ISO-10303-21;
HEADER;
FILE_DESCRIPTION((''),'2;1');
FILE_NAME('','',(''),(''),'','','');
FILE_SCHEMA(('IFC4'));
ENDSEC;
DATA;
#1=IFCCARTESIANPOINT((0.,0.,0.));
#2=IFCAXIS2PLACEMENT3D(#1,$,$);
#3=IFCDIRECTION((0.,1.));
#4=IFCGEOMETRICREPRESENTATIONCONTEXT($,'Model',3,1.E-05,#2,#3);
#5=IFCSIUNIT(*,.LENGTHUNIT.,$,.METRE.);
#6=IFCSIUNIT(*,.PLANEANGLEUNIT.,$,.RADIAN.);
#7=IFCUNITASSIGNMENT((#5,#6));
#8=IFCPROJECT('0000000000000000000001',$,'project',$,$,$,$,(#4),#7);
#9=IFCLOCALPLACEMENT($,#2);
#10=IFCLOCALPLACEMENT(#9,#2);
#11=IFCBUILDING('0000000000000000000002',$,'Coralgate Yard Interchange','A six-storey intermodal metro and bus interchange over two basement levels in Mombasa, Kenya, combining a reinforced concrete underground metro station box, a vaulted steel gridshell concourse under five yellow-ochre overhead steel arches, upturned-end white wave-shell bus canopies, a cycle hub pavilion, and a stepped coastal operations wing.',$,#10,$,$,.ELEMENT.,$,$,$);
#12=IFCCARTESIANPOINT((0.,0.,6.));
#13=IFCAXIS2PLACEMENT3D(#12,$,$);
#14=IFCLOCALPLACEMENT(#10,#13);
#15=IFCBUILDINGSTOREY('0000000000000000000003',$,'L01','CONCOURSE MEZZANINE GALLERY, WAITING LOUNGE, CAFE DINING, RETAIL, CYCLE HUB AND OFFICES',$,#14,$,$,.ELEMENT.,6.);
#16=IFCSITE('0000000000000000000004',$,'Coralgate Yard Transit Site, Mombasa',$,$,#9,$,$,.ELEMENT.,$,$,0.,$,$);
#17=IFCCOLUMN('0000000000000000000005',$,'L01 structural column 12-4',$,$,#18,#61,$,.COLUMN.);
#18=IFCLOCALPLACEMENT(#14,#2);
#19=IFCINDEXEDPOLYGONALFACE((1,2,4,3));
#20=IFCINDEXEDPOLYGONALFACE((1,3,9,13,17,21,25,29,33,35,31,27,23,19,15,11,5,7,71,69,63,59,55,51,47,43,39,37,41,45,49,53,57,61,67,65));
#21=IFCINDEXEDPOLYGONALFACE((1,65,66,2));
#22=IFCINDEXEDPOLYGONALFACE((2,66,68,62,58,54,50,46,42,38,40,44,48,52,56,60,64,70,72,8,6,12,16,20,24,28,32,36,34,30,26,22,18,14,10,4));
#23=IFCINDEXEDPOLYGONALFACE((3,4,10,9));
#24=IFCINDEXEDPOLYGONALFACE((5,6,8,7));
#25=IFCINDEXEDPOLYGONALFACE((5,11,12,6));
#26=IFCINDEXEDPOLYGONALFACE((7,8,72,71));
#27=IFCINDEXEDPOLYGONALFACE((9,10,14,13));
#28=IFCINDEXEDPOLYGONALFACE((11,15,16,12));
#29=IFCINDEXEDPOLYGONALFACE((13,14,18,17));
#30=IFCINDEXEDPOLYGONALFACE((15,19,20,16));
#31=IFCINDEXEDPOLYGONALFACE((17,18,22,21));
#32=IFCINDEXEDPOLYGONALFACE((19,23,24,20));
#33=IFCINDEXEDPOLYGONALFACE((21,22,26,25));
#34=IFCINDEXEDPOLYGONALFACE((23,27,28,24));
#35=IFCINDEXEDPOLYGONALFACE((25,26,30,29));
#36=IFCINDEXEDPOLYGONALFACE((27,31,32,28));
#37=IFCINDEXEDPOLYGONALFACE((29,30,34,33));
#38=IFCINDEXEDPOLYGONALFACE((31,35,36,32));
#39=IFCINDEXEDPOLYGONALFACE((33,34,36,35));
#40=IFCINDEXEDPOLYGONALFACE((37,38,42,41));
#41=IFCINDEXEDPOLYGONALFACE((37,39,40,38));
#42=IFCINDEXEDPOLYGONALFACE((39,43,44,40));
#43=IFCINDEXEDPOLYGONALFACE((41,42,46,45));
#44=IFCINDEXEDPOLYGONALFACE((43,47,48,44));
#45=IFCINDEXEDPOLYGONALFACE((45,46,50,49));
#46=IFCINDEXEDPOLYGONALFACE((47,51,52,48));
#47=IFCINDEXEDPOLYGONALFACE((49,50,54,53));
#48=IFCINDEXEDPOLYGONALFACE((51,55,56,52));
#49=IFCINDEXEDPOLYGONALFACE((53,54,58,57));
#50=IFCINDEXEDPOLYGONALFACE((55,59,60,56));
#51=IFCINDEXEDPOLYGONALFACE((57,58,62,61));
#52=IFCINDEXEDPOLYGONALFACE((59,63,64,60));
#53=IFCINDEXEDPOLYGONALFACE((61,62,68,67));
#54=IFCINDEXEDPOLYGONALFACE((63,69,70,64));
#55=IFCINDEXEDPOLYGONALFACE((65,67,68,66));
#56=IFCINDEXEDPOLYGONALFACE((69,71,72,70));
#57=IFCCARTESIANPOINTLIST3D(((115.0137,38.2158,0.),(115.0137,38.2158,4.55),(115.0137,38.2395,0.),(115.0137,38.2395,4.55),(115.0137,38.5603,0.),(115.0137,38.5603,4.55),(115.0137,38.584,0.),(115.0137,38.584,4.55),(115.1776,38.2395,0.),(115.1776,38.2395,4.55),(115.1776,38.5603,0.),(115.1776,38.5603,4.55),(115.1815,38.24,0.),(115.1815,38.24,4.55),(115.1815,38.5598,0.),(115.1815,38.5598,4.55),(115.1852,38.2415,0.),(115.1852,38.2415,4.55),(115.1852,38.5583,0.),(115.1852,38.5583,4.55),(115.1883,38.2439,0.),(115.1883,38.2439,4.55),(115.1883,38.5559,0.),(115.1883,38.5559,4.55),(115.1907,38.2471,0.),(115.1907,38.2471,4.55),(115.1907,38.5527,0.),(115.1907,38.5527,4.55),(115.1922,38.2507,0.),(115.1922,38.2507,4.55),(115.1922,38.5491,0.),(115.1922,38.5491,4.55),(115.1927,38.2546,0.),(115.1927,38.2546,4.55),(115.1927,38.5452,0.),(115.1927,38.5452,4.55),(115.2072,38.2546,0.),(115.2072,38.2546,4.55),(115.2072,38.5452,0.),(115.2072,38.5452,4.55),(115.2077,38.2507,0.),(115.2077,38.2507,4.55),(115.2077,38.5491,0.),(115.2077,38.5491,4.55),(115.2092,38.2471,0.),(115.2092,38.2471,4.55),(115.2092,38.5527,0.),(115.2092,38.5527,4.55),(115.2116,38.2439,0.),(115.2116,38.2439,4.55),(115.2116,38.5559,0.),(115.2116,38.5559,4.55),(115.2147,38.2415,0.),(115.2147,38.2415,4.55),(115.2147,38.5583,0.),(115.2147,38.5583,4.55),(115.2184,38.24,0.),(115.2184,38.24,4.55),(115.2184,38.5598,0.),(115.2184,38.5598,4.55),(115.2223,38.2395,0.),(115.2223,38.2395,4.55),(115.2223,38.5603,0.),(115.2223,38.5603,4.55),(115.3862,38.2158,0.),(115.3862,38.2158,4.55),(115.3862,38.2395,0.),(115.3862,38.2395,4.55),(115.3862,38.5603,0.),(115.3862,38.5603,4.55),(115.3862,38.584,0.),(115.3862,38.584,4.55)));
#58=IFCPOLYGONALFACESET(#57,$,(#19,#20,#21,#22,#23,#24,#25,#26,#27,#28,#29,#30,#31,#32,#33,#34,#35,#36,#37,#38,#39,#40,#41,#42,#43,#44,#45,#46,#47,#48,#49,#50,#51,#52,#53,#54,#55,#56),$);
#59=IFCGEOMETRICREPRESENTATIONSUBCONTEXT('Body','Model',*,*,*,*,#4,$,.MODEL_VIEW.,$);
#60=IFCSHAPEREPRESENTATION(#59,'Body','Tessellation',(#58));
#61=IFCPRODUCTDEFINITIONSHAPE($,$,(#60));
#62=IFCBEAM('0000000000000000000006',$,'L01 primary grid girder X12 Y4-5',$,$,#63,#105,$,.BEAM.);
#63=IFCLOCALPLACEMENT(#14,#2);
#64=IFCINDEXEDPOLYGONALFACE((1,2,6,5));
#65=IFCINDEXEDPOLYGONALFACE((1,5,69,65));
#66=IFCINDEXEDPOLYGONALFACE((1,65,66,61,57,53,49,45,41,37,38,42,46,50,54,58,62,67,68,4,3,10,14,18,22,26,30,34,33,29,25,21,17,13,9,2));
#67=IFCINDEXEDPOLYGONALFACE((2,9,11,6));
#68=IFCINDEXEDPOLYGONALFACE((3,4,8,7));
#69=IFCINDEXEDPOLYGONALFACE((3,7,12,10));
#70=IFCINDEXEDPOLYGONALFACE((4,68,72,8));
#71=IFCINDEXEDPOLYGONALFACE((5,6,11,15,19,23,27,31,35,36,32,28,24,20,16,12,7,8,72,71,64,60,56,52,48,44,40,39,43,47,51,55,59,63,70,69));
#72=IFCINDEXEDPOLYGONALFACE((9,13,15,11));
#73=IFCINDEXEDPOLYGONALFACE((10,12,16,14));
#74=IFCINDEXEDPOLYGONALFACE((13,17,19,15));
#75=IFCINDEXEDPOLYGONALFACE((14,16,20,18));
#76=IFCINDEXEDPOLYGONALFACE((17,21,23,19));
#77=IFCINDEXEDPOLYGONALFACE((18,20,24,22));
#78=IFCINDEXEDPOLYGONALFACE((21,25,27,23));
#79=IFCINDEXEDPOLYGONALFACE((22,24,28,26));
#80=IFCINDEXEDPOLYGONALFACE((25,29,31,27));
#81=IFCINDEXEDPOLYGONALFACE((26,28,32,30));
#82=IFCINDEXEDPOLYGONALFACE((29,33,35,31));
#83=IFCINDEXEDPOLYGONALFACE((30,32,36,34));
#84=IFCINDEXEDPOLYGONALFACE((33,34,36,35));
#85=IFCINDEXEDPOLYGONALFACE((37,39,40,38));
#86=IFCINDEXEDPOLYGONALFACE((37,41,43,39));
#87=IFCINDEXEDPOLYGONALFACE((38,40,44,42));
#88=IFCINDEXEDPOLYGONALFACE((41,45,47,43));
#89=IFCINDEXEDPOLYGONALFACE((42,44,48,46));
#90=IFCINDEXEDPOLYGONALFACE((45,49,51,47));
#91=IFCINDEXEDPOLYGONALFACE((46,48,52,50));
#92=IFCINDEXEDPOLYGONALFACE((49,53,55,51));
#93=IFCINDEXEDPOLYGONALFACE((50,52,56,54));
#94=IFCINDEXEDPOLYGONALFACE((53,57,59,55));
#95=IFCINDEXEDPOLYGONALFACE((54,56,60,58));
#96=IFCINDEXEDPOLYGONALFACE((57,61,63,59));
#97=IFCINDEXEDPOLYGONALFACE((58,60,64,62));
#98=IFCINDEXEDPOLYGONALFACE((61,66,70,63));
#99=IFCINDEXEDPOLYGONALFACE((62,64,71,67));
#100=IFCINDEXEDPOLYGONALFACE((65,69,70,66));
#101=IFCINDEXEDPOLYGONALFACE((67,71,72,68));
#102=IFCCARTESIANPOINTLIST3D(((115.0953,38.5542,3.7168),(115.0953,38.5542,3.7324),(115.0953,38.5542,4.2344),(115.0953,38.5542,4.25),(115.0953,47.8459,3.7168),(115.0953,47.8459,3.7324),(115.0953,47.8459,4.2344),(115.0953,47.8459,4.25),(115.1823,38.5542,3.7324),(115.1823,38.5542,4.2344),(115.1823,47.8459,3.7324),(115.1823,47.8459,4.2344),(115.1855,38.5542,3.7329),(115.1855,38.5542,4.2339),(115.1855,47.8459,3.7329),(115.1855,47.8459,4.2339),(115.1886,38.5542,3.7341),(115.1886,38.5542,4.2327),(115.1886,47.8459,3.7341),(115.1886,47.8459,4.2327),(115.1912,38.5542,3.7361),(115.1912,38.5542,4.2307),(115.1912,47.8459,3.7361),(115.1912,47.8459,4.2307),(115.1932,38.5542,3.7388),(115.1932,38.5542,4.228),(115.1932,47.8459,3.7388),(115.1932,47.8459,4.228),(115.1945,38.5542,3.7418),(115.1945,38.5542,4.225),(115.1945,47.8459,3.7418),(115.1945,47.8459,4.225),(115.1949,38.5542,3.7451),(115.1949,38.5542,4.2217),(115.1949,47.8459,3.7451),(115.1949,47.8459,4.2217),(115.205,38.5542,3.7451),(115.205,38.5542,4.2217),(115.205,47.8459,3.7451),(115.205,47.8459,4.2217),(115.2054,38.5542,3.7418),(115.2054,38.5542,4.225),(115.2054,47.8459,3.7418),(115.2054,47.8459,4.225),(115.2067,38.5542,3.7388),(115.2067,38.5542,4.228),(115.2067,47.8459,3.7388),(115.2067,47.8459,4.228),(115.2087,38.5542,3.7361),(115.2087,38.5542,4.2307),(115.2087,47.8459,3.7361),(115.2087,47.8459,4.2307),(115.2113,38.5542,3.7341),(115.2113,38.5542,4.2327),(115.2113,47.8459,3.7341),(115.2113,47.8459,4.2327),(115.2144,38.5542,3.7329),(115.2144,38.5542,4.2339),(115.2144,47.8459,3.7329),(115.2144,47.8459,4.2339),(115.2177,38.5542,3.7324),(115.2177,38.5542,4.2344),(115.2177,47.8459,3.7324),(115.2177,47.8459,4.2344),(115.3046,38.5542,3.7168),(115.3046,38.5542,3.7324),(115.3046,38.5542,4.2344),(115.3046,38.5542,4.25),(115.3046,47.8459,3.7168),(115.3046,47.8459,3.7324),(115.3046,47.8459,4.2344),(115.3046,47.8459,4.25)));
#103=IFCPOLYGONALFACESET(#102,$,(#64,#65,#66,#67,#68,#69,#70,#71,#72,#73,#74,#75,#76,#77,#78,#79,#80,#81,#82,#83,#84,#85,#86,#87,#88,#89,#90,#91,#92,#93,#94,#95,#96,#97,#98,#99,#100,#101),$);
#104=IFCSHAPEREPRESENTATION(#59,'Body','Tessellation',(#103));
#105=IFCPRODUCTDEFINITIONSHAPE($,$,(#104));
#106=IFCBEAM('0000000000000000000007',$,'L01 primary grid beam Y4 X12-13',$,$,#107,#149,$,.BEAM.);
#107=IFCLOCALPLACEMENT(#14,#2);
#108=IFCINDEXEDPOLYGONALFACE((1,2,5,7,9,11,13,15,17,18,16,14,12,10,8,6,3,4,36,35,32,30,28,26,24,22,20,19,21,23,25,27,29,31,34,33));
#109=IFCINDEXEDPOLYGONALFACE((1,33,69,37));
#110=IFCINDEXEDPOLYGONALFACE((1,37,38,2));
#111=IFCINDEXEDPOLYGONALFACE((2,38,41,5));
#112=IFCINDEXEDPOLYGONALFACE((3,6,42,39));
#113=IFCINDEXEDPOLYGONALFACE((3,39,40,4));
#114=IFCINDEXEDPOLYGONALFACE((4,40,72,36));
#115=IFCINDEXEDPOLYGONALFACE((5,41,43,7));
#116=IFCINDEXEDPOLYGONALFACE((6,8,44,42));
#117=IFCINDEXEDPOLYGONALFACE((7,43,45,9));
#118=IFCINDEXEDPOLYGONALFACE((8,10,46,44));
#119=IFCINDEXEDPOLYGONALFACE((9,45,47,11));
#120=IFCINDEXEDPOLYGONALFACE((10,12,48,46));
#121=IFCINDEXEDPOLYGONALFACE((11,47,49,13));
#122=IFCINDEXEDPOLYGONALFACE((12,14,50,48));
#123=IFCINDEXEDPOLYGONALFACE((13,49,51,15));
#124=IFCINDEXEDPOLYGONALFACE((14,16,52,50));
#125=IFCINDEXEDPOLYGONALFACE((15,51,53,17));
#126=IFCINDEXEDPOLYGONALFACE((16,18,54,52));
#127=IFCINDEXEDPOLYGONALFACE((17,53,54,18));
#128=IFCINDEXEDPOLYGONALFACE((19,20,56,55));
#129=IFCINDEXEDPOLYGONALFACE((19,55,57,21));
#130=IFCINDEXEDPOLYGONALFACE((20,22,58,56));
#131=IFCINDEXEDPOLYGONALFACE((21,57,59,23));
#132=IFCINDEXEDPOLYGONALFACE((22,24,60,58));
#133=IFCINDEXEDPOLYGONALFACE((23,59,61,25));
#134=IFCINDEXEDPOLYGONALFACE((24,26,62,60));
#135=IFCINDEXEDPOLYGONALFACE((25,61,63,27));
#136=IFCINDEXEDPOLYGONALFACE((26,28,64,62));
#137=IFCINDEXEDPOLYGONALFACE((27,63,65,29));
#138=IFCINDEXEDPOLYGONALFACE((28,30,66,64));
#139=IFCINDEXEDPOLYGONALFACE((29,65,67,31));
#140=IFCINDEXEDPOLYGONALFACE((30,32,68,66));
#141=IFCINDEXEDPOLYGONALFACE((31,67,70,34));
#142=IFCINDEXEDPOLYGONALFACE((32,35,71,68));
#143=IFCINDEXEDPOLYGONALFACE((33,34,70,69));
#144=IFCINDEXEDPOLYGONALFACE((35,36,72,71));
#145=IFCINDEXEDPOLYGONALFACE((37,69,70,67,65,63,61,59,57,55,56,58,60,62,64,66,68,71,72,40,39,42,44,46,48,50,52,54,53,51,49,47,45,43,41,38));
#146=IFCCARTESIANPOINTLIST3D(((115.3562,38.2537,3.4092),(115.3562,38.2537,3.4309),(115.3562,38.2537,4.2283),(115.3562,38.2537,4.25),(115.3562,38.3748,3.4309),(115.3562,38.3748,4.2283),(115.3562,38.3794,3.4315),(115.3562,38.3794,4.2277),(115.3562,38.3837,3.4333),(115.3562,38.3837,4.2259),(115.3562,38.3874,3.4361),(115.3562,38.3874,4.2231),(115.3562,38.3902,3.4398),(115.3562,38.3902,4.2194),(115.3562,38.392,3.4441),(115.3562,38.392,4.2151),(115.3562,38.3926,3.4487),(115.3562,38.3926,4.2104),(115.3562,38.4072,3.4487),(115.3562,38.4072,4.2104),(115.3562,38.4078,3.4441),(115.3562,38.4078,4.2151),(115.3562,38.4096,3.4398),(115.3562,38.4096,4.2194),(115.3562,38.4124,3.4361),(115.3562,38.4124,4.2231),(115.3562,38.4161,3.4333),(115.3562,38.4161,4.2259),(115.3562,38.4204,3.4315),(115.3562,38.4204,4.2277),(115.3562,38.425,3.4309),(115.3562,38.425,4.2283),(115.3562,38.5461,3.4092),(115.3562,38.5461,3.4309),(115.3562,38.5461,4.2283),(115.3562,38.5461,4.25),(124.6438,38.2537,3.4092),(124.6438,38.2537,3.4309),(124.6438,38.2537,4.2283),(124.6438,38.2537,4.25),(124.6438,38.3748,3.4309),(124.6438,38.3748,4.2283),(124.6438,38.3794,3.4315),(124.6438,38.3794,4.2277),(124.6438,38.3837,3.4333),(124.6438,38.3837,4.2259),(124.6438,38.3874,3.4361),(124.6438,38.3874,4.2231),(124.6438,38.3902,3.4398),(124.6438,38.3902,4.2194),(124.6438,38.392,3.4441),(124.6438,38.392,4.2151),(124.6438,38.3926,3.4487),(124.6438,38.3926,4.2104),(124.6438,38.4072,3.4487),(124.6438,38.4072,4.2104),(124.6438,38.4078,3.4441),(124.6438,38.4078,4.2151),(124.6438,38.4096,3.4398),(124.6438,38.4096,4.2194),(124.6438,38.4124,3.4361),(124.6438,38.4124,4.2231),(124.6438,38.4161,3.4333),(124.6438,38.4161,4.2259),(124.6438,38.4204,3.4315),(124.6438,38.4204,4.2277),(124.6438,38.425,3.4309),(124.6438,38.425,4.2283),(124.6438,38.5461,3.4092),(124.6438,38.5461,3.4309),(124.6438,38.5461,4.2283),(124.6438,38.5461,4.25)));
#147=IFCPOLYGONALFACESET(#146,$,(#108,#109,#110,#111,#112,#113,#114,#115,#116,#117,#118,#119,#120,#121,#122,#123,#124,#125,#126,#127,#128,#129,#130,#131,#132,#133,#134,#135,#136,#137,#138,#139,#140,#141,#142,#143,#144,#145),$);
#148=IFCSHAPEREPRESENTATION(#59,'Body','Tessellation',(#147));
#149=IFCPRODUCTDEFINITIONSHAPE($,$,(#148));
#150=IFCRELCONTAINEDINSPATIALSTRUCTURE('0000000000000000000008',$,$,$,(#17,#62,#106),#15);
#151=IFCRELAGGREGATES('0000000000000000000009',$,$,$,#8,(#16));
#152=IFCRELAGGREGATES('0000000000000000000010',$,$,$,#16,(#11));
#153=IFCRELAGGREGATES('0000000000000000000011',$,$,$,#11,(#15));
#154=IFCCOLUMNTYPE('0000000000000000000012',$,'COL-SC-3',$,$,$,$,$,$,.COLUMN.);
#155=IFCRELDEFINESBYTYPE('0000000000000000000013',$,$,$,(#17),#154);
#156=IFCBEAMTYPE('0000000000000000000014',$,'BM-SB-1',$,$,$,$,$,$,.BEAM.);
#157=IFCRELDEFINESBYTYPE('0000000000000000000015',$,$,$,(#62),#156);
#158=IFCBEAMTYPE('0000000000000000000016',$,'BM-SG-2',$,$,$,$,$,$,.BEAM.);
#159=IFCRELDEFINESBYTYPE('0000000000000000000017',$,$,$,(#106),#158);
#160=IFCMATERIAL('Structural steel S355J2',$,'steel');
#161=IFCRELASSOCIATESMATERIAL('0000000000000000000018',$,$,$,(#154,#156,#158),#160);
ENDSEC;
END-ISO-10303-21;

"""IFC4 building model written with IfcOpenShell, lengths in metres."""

from ifc_helpers import new_model, si_unit, direction, frame, origin, origin_2d, place, context, subcontext, project, spatial, i_section, extrude, material, material_profile, profile_set, type_object, element, save


model = new_model("IFC4")

# Units and contexts
model_context = context("Model", 3, precision=1e-05, world=origin(), true_north=direction((0.0, 1.0)))
body_context = subcontext(model_context, "Body", "Model", "MODEL_VIEW")
ifc_project = project(units=[si_unit("LENGTHUNIT", "METRE"), si_unit("PLANEANGLEUNIT", "RADIAN")], contexts=[model_context])

# Site, building, storey
site_placement = place(None, origin())
site = spatial("IfcSite", under=ifc_project, at=site_placement, Name="Coralgate Yard Transit Site, Mombasa", CompositionType="ELEMENT", RefElevation=0.0)
building_placement = place(site_placement, origin())
building = spatial("IfcBuilding", under=site, at=building_placement, Name="Coralgate Yard Interchange", Description="A six-storey intermodal metro and bus interchange over two basement levels in Mombasa, Kenya, combining a reinforced concrete underground metro station box, a vaulted steel gridshell concourse under five yellow-ochre overhead steel arches, upturned-end white wave-shell bus canopies, a cycle hub pavilion, and a stepped coastal operations wing.", CompositionType="ELEMENT")
storey_placement = place(building_placement, frame((0.0, 0.0, 6.0)))
storey = spatial("IfcBuildingStorey", under=building, at=storey_placement, Name="L01", Description="CONCOURSE MEZZANINE GALLERY, WAITING LOUNGE, CAFE DINING, RETAIL, CYCLE HUB AND OFFICES", CompositionType="ELEMENT", Elevation=6.0)

# Column
ifc_material_1 = material(Name="Structural steel S355J2", Category="steel")
ifc_material_profile_1 = material_profile(ifc_material_1, i_section(OverallWidth=0.3726, OverallDepth=0.3682, WebThickness=0.0144, FlangeThickness=0.0237, FilletRadius=0.0151, at=origin_2d()), Name="UC 356x368x177")
ifc_profile_set_1 = profile_set([ifc_material_profile_1], Name="Structural steel S355J2")
column_type = type_object("IfcColumnType", Name="COL-SC-3", PredefinedType="COLUMN", material=ifc_profile_set_1)
column_placement = place(storey_placement, frame((115.2, 38.3999, 0.0), z_axis=(0.0, 0.0, 1.0), x_axis=(1.0, 0.0, 0.0)))
element("IfcColumn", 1, at=column_placement, inside=storey, type_object=column_type, Name="L01 structural column 12-4", PredefinedType="COLUMN", context=body_context, shape_type="SweptSolid", body=[
    extrude(i_section(OverallWidth=0.3726, OverallDepth=0.3682, WebThickness=0.0144, FlangeThickness=0.0237, FilletRadius=0.0151, at=origin_2d()), origin(), (0.0, 0.0, 1.0), 4.55),
])

# Beams
ifc_material_profile_2 = material_profile(ifc_material_1, i_section(OverallWidth=0.2092, OverallDepth=0.5332, WebThickness=0.01, FlangeThickness=0.0156, FilletRadius=0.0127, at=origin_2d()), Name="UB 533x210x92")
ifc_profile_set_2 = profile_set([ifc_material_profile_2], Name="Structural steel S355J2")
beam_type_1 = type_object("IfcBeamType", Name="BM-SB-1", PredefinedType="BEAM", material=ifc_profile_set_2)
beam_1_placement = place(storey_placement, frame((115.2, 38.5542, 3.9834), z_axis=(0.0, 1.0, 0.0), x_axis=(-1.0, 0.0, 0.0)))
element("IfcBeam", 2, at=beam_1_placement, inside=storey, type_object=beam_type_1, Name="L01 primary grid girder X12 Y4-5", PredefinedType="BEAM", context=body_context, shape_type="SweptSolid", body=[
    extrude(i_section(OverallWidth=0.2092, OverallDepth=0.5332, WebThickness=0.01, FlangeThickness=0.0156, FilletRadius=0.0127, at=origin_2d()), origin(), (0.0, 0.0, 1.0), 9.2917),
])
ifc_material_profile_3 = material_profile(ifc_material_1, i_section(OverallWidth=0.2925, OverallDepth=0.8408, WebThickness=0.0146, FlangeThickness=0.0217, FilletRadius=0.0178, at=origin_2d()), Name="UB 838x292x194")
ifc_profile_set_3 = profile_set([ifc_material_profile_3], Name="Structural steel S355J2")
beam_type_2 = type_object("IfcBeamType", Name="BM-SG-2", PredefinedType="BEAM", material=ifc_profile_set_3)
beam_2_placement = place(storey_placement, frame((115.3562, 38.3999, 3.8296), z_axis=(1.0, 0.0, 0.0), x_axis=(0.0, 1.0, 0.0)))
element("IfcBeam", 3, at=beam_2_placement, inside=storey, type_object=beam_type_2, Name="L01 primary grid beam Y4 X12-13", PredefinedType="BEAM", context=body_context, shape_type="SweptSolid", body=[
    extrude(i_section(OverallWidth=0.2925, OverallDepth=0.8408, WebThickness=0.0146, FlangeThickness=0.0217, FilletRadius=0.0178, at=origin_2d()), origin(), (0.0, 0.0, 1.0), 9.2876),
])

save(model, "model.ifc")
